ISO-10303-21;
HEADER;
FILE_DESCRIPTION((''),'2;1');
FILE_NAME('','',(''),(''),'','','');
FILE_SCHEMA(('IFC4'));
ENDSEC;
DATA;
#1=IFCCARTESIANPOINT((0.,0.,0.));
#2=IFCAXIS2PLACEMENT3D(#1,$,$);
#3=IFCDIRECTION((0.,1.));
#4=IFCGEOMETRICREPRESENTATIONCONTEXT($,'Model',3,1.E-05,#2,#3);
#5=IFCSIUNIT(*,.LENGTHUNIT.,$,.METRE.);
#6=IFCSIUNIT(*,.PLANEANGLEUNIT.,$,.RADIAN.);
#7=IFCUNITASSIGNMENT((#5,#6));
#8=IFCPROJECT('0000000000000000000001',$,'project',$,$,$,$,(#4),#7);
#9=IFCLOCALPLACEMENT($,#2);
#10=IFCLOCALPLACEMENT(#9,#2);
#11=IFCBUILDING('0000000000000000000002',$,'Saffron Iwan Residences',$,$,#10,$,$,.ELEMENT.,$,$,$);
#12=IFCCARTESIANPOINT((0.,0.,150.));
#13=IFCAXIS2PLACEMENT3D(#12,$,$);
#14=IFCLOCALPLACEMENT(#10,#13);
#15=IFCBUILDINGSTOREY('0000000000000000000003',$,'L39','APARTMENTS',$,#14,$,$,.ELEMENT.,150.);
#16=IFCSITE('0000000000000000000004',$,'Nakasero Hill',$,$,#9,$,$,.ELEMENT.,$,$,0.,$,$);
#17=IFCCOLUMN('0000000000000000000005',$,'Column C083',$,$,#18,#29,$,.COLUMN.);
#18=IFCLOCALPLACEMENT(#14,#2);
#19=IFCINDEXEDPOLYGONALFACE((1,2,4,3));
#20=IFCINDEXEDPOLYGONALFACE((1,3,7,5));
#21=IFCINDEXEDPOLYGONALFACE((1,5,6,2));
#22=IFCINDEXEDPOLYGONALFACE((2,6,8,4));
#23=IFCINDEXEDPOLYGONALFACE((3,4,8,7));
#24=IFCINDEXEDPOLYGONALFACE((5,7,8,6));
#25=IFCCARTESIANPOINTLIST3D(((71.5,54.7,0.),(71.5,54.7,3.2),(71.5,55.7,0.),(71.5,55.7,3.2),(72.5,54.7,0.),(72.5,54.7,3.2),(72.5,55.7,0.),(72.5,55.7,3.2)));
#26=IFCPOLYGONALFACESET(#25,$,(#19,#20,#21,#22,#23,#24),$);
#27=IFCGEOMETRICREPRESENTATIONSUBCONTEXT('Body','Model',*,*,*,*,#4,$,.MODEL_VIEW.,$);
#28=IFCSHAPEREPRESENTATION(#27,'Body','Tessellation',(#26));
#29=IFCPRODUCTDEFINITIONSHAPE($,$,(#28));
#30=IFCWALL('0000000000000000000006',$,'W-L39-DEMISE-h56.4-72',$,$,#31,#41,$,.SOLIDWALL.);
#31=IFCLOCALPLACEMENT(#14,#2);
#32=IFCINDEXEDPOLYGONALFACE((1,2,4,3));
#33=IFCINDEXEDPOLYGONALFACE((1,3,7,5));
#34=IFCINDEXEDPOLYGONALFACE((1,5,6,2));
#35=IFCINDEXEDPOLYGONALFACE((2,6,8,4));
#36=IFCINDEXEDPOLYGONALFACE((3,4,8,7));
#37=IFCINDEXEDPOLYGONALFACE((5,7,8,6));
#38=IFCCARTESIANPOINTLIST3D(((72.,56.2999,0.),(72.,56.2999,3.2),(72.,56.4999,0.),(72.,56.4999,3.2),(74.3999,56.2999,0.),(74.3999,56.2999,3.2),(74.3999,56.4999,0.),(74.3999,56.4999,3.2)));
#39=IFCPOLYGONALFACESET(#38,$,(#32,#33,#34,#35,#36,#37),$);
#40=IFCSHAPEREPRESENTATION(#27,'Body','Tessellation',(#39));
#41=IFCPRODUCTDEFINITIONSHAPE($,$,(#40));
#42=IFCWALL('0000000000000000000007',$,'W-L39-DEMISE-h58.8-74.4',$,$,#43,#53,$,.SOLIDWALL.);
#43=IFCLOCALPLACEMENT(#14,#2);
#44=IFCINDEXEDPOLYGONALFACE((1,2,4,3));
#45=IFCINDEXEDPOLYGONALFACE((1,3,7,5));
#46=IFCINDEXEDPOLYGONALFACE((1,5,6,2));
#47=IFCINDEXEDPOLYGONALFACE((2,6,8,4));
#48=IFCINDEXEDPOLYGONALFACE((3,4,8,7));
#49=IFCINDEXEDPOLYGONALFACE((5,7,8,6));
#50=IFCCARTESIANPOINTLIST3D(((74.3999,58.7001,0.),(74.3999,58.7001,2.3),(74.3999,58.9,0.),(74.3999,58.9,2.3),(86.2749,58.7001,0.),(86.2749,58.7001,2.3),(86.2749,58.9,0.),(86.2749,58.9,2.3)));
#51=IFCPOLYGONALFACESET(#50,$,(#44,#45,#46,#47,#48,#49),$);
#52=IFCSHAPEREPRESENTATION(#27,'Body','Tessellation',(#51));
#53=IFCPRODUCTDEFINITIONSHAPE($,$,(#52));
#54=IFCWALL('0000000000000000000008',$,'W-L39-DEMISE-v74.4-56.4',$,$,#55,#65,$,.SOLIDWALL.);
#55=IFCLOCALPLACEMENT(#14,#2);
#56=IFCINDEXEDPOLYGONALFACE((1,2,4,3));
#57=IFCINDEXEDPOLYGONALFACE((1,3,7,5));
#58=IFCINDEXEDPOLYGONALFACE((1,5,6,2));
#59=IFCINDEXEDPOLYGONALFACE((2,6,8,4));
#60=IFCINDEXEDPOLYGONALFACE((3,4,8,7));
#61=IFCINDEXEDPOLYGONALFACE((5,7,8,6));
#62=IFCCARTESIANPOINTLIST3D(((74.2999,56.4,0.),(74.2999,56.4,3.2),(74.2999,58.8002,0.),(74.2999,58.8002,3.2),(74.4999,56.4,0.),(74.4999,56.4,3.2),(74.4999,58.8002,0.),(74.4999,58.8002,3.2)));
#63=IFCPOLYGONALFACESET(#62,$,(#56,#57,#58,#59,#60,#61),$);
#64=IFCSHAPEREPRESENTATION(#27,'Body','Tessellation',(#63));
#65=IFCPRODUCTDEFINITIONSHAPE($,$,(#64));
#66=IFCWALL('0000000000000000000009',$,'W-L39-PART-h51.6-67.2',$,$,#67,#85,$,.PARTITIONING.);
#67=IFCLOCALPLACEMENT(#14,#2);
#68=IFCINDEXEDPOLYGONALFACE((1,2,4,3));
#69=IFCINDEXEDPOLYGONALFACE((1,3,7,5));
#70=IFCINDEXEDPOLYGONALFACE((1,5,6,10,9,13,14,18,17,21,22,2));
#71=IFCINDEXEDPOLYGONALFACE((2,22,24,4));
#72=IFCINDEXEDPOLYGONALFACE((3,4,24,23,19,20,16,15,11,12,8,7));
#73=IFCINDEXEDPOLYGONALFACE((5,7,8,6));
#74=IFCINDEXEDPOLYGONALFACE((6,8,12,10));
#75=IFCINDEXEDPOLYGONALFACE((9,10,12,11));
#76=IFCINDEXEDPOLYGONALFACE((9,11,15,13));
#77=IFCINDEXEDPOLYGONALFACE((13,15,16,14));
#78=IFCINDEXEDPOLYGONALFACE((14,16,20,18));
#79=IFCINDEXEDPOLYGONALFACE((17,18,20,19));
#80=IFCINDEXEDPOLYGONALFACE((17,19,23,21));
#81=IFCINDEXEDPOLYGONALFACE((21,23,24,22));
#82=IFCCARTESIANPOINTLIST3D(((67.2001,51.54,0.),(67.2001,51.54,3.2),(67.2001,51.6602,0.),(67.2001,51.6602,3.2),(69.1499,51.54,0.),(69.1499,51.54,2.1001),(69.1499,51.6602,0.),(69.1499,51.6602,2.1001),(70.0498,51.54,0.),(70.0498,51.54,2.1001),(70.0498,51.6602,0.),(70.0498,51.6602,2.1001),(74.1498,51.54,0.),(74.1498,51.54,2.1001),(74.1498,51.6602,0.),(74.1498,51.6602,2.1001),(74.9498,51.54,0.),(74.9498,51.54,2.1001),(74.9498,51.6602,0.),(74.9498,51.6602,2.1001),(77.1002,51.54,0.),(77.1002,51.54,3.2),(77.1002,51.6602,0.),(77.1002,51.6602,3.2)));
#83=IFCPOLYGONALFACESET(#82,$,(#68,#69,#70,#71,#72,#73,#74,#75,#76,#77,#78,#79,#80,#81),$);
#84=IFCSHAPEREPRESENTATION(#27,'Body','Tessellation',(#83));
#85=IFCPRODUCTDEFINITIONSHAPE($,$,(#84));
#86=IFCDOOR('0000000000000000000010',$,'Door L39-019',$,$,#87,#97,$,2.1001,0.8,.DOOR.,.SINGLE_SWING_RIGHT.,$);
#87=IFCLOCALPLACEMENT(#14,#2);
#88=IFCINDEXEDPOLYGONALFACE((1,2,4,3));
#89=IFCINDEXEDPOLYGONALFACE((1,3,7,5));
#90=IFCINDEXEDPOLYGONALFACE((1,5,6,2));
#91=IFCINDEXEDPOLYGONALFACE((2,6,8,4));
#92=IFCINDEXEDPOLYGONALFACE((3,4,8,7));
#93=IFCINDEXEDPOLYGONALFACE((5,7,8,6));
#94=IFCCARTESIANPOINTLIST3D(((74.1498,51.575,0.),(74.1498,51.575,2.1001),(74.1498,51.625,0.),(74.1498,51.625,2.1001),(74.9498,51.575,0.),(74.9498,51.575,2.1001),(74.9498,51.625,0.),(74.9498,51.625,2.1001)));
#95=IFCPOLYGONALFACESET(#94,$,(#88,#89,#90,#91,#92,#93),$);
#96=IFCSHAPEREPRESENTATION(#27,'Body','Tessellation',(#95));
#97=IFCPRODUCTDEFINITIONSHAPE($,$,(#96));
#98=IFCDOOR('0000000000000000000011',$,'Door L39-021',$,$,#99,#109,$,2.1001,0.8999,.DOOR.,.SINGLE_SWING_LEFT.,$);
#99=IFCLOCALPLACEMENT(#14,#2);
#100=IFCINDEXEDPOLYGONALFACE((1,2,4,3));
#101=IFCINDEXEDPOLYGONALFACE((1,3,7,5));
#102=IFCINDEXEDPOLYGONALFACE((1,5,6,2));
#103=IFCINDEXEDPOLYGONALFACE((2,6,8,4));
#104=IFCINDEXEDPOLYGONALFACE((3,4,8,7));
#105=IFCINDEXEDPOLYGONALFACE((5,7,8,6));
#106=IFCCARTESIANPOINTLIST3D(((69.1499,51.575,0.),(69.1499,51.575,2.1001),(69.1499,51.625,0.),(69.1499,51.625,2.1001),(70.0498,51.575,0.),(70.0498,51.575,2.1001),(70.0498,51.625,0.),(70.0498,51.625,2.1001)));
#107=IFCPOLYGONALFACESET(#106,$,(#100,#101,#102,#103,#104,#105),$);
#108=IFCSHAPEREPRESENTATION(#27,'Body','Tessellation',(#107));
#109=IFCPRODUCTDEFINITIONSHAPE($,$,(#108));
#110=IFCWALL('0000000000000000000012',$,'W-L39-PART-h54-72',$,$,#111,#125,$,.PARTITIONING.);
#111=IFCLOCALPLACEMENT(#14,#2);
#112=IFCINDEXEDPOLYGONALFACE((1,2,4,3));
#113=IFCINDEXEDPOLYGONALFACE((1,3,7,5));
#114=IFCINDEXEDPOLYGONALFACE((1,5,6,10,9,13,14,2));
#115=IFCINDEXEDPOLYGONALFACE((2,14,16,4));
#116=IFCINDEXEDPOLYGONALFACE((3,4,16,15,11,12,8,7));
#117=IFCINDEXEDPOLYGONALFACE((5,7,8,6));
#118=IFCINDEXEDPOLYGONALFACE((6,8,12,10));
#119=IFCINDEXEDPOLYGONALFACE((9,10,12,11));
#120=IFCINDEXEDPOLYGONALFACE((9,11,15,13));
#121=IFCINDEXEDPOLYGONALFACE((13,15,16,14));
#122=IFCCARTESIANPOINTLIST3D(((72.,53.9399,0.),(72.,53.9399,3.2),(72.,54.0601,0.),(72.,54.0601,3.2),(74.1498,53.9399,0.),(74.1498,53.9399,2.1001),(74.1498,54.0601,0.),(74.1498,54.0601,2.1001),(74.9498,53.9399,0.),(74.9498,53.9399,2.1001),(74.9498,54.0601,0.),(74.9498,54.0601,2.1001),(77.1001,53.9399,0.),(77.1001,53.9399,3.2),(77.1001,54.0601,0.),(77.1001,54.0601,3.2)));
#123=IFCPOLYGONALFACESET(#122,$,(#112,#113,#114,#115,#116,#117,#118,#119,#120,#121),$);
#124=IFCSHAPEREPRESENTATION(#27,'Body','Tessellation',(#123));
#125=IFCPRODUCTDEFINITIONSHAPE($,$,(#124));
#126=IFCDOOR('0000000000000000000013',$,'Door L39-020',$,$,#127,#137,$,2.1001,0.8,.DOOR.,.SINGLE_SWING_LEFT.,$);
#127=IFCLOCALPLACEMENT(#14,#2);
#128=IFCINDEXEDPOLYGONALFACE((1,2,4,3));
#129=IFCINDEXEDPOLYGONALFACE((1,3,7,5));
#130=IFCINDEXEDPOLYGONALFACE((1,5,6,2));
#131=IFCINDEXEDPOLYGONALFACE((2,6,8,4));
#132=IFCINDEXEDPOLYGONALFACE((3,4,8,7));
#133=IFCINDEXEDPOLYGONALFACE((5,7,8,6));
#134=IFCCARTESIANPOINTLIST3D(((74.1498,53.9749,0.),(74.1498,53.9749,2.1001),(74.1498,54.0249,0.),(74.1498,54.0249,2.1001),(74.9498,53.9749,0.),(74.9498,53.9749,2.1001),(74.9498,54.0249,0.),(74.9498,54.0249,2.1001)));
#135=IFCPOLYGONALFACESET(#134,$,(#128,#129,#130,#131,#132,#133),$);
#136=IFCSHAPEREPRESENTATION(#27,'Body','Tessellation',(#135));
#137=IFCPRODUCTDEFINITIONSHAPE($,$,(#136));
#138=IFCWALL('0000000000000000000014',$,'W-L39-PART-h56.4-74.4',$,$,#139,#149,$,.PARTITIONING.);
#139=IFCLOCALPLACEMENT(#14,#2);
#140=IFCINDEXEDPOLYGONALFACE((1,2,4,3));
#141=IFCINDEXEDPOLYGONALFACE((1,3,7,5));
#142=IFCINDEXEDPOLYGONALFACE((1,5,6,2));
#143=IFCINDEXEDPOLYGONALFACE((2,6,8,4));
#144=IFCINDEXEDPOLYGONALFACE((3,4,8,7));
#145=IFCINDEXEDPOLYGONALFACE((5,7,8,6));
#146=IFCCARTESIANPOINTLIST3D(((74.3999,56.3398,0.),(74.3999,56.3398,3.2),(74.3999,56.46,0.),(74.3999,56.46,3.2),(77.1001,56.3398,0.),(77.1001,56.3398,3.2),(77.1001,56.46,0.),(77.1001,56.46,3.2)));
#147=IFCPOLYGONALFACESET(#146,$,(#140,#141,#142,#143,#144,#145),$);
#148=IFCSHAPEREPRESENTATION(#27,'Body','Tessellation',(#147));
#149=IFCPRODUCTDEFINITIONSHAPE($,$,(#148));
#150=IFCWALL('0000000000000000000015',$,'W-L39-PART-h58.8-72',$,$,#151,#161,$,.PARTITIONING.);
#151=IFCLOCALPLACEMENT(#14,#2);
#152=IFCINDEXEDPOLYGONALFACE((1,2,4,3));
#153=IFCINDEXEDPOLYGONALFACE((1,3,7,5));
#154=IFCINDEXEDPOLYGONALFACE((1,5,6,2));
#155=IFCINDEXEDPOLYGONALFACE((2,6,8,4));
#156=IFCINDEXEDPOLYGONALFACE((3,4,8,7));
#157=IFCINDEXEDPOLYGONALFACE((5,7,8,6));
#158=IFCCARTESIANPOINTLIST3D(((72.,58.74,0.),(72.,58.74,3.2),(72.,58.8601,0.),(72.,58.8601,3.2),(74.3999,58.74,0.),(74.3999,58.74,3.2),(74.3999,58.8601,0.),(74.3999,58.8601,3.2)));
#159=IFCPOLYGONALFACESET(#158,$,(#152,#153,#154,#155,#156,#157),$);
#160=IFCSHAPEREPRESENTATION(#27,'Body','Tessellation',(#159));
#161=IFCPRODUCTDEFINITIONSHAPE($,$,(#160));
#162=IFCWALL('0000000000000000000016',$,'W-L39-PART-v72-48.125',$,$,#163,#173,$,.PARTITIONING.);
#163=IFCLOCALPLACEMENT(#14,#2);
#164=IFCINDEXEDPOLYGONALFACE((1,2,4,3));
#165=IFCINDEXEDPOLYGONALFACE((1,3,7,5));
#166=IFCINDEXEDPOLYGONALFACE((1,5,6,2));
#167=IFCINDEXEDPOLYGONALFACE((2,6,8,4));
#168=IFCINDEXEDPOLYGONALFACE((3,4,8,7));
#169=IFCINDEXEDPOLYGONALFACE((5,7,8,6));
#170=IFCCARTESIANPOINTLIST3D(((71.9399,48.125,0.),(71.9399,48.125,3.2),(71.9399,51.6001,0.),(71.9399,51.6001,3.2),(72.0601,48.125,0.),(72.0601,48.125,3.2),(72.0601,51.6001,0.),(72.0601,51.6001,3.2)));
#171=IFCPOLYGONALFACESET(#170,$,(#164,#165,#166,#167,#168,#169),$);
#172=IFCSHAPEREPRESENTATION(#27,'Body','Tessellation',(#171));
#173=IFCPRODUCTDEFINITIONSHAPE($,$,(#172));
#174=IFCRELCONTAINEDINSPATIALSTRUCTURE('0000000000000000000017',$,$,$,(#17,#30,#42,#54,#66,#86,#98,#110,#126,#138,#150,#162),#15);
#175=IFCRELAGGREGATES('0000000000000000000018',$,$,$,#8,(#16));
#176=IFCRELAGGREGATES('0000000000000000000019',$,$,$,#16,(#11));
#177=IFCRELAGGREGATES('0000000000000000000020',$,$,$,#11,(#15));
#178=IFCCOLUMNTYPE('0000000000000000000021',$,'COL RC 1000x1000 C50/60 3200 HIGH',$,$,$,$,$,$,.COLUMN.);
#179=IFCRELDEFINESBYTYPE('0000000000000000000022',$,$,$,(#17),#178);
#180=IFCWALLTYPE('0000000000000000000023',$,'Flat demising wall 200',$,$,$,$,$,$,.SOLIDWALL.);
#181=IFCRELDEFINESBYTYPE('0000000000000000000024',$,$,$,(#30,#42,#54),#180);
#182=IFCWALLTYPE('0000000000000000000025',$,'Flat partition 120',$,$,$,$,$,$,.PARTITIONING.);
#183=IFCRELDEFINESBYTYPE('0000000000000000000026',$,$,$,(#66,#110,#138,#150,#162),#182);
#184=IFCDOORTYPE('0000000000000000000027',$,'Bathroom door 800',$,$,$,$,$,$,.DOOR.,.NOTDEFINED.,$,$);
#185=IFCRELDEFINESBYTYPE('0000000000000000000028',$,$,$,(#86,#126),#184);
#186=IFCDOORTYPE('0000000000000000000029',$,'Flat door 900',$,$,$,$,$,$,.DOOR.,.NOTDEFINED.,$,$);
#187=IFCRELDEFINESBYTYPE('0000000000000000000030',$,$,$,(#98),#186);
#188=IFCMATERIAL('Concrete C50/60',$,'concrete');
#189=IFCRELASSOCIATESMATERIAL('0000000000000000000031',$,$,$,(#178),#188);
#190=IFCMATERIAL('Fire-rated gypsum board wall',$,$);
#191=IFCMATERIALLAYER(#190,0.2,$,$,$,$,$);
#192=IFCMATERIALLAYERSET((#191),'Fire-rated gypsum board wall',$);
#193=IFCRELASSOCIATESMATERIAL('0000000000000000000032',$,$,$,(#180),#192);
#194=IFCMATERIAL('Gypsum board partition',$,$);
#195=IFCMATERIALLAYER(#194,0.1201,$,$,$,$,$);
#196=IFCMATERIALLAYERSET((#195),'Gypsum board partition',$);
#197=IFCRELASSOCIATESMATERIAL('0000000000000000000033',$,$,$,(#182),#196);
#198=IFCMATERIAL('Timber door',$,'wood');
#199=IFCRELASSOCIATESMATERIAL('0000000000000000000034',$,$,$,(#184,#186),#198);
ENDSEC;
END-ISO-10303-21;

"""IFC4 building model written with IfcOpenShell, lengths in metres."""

from ifc_helpers import new_model, si_unit, direction, frame, frame_2d, origin, origin_2d, place, context, subcontext, project, spatial, rectangle, extrude, source, transform, mapped, material, layer, layer_set, material_profile, profile_set, type_object, element, fill, save


model = new_model("IFC4")

# Units and contexts
model_context = context("Model", 3, precision=1e-05, world=origin(), true_north=direction((0.0, 1.0)))
body_context = subcontext(model_context, "Body", "Model", "MODEL_VIEW")
ifc_project = project(units=[si_unit("LENGTHUNIT", "METRE"), si_unit("PLANEANGLEUNIT", "RADIAN")], contexts=[model_context])

# Site, building, storey
site_placement = place(None, origin())
site = spatial("IfcSite", under=ifc_project, at=site_placement, Name="Nakasero Hill", CompositionType="ELEMENT", RefElevation=0.0)
building_placement = place(site_placement, origin())
building = spatial("IfcBuilding", under=site, at=building_placement, Name="Saffron Iwan Residences", CompositionType="ELEMENT")
storey_placement = place(building_placement, frame((0.0, 0.0, 150.0)))
storey = spatial("IfcBuildingStorey", under=building, at=storey_placement, Name="L39", Description="APARTMENTS", CompositionType="ELEMENT", Elevation=150.0)

# Column
ifc_material_1 = material(Name="Concrete C50/60", Category="concrete")
ifc_material_profile = material_profile(ifc_material_1, rectangle(XDim=1.0, YDim=1.0, at=origin_2d()), Name="RC 1000x1000")
ifc_profile_set = profile_set([ifc_material_profile], Name="Concrete C50/60")
column_type = type_object("IfcColumnType", Name="COL RC 1000x1000 C50/60 3200 HIGH", PredefinedType="COLUMN", material=ifc_profile_set)
shared_shape = source(origin(), body_context, "Body", "SweptSolid", [
    extrude(rectangle(XDim=1.0, YDim=1.0, at=origin_2d()), origin(), (0.0, 0.0, 1.0), 3.2),
])
column_placement = place(storey_placement, frame((72.0, 55.2, 0.0), z_axis=(0.0, 0.0, 1.0), x_axis=(1.0, 0.0, 0.0)))
element("IfcColumn", 1, at=column_placement, inside=storey, type_object=column_type, Name="Column C083", PredefinedType="COLUMN", context=body_context, shape_type="MappedRepresentation", body=[
    mapped(shared_shape, transform((0.0, 0.0, 0.0))),
])

# Walls
ifc_material_2 = material(Name="Fire-rated gypsum board wall")
ifc_layer_1 = layer(ifc_material_2, 0.2)
ifc_layer_set_1 = layer_set([ifc_layer_1], Name="Fire-rated gypsum board wall")
wall_type_1 = type_object("IfcWallType", Name="Flat demising wall 200", PredefinedType="SOLIDWALL", material=ifc_layer_set_1)
wall_1_placement = place(storey_placement, frame((72.0, 56.3999, 0.0), z_axis=(0.0, 0.0, 1.0), x_axis=(1.0, 0.0, 0.0)))
element("IfcWall", 2, at=wall_1_placement, inside=storey, type_object=wall_type_1, Name="W-L39-DEMISE-h56.4-72", PredefinedType="SOLIDWALL", context=body_context, shape_type="SweptSolid", body=[
    extrude(rectangle(XDim=2.3999, YDim=0.2, at=frame_2d((1.2, 0.0))), origin(), (0.0, 0.0, 1.0), 3.2),
])
wall_2_placement = place(storey_placement, frame((74.3999, 58.8, 0.0), z_axis=(0.0, 0.0, 1.0), x_axis=(1.0, 0.0, 0.0)))
element("IfcWall", 3, at=wall_2_placement, inside=storey, type_object=wall_type_1, Name="W-L39-DEMISE-h58.8-74.4", PredefinedType="SOLIDWALL", context=body_context, shape_type="SweptSolid", body=[
    extrude(rectangle(XDim=11.875, YDim=0.2, at=frame_2d((5.9375, 0.0))), origin(), (0.0, 0.0, 1.0), 2.3),
])
wall_3_placement = place(storey_placement, frame((74.3999, 56.3999, 0.0), z_axis=(0.0, 0.0, 1.0), x_axis=(0.0, 1.0, 0.0)))
element("IfcWall", 4, at=wall_3_placement, inside=storey, type_object=wall_type_1, Name="W-L39-DEMISE-v74.4-56.4", PredefinedType="SOLIDWALL", context=body_context, shape_type="SweptSolid", body=[
    extrude(rectangle(XDim=2.4001, YDim=0.2, at=frame_2d((1.2002, 0.0))), origin(), (0.0, 0.0, 1.0), 3.2),
])

# Wall, openings, doors
ifc_material_3 = material(Name="Gypsum board partition")
ifc_layer_2 = layer(ifc_material_3, 0.1201)
ifc_layer_set_2 = layer_set([ifc_layer_2], Name="Gypsum board partition")
wall_type_2 = type_object("IfcWallType", Name="Flat partition 120", PredefinedType="PARTITIONING", material=ifc_layer_set_2)
wall_4_placement = place(storey_placement, frame((67.2, 51.6001, 0.0), z_axis=(0.0, 0.0, 1.0), x_axis=(1.0, 0.0, 0.0)))
wall_4 = element("IfcWall", 5, at=wall_4_placement, inside=storey, type_object=wall_type_2, Name="W-L39-PART-h51.6-67.2", PredefinedType="PARTITIONING", context=body_context, shape_type="SweptSolid", body=[
    extrude(rectangle(XDim=9.9001, YDim=0.1201, at=frame_2d((4.9502, 0.0))), origin(), (0.0, 0.0, 1.0), 3.2),
])
opening_1_placement = place(wall_4_placement, frame((6.95, 0.0, 0.0)))
opening_1 = element("IfcOpeningElement", 6, at=opening_1_placement, cuts=wall_4, PredefinedType="OPENING", context=body_context, shape_type="SweptSolid", body=[
    extrude(rectangle(XDim=0.8, YDim=2.1001, at=frame_2d((0.3999, 1.05))), frame((0.0, 0.0701, 0.0), z_axis=(0.0, -1.0, 0.0), x_axis=(1.0, 0.0, 0.0)), (0.0, 0.0, 1.0), 0.1401),
])
opening_2_placement = place(wall_4_placement, frame((1.95, 0.0, 0.0)))
opening_2 = element("IfcOpeningElement", 7, at=opening_2_placement, cuts=wall_4, PredefinedType="OPENING", context=body_context, shape_type="SweptSolid", body=[
    extrude(rectangle(XDim=0.8999, YDim=2.1001, at=frame_2d((0.45, 1.05))), frame((0.0, 0.0701, 0.0), z_axis=(0.0, -1.0, 0.0), x_axis=(1.0, 0.0, 0.0)), (0.0, 0.0, 1.0), 0.1401),
])
ifc_material_4 = material(Name="Timber door", Category="wood")
door_type_1 = type_object("IfcDoorType", Name="Bathroom door 800", OperationType="NOTDEFINED", PredefinedType="DOOR", material=ifc_material_4)
door_1_placement = place(opening_1_placement, origin())
door_1 = element("IfcDoor", 8, at=door_1_placement, inside=storey, type_object=door_type_1, Name="Door L39-019", OperationType="SINGLE_SWING_RIGHT", OverallHeight=2.1001, OverallWidth=0.8, PredefinedType="DOOR", context=body_context, shape_type="SweptSolid", body=[
    extrude(rectangle(XDim=0.8, YDim=2.1001, at=frame_2d((0.3999, 1.05))), frame((0.0, 0.0249, 0.0), z_axis=(0.0, -1.0, 0.0), x_axis=(1.0, 0.0, 0.0)), (0.0, 0.0, 1.0), 0.05),
])
fill(opening_1, door_1)
door_type_2 = type_object("IfcDoorType", Name="Flat door 900", OperationType="NOTDEFINED", PredefinedType="DOOR", material=ifc_material_4)
door_2_placement = place(opening_2_placement, origin())
door_2 = element("IfcDoor", 9, at=door_2_placement, inside=storey, type_object=door_type_2, Name="Door L39-021", OperationType="SINGLE_SWING_LEFT", OverallHeight=2.1001, OverallWidth=0.8999, PredefinedType="DOOR", context=body_context, shape_type="SweptSolid", body=[
    extrude(rectangle(XDim=0.8999, YDim=2.1001, at=frame_2d((0.45, 1.05))), frame((0.0, 0.0249, 0.0), z_axis=(0.0, -1.0, 0.0), x_axis=(1.0, 0.0, 0.0)), (0.0, 0.0, 1.0), 0.05),
])
fill(opening_2, door_2)

# Wall, opening, door
wall_5_placement = place(storey_placement, frame((72.0, 54.0, 0.0), z_axis=(0.0, 0.0, 1.0), x_axis=(1.0, 0.0, 0.0)))
wall_5 = element("IfcWall", 10, at=wall_5_placement, inside=storey, type_object=wall_type_2, Name="W-L39-PART-h54-72", PredefinedType="PARTITIONING", context=body_context, shape_type="SweptSolid", body=[
    extrude(rectangle(XDim=5.1001, YDim=0.1201, at=frame_2d((2.55, 0.0))), origin(), (0.0, 0.0, 1.0), 3.2),
])
opening_3_placement = place(wall_5_placement, frame((2.1499, 0.0, 0.0)))
opening_3 = element("IfcOpeningElement", 11, at=opening_3_placement, cuts=wall_5, PredefinedType="OPENING", context=body_context, shape_type="SweptSolid", body=[
    extrude(rectangle(XDim=0.8, YDim=2.1001, at=frame_2d((0.3999, 1.05))), frame((0.0, 0.0701, 0.0), z_axis=(0.0, -1.0, 0.0), x_axis=(1.0, 0.0, 0.0)), (0.0, 0.0, 1.0), 0.1401),
])
door_3_placement = place(opening_3_placement, origin())
door_3 = element("IfcDoor", 12, at=door_3_placement, inside=storey, type_object=door_type_1, Name="Door L39-020", OperationType="SINGLE_SWING_LEFT", OverallHeight=2.1001, OverallWidth=0.8, PredefinedType="DOOR", context=body_context, shape_type="SweptSolid", body=[
    extrude(rectangle(XDim=0.8, YDim=2.1001, at=frame_2d((0.3999, 1.05))), frame((0.0, 0.0249, 0.0), z_axis=(0.0, -1.0, 0.0), x_axis=(1.0, 0.0, 0.0)), (0.0, 0.0, 1.0), 0.05),
])
fill(opening_3, door_3)

# Walls
wall_6_placement = place(storey_placement, frame((74.3999, 56.3999, 0.0), z_axis=(0.0, 0.0, 1.0), x_axis=(1.0, 0.0, 0.0)))
element("IfcWall", 13, at=wall_6_placement, inside=storey, type_object=wall_type_2, Name="W-L39-PART-h56.4-74.4", PredefinedType="PARTITIONING", context=body_context, shape_type="SweptSolid", body=[
    extrude(rectangle(XDim=2.7002, YDim=0.1201, at=frame_2d((1.3501, 0.0))), origin(), (0.0, 0.0, 1.0), 3.2),
])
wall_7_placement = place(storey_placement, frame((72.0, 58.8, 0.0), z_axis=(0.0, 0.0, 1.0), x_axis=(1.0, 0.0, 0.0)))
element("IfcWall", 14, at=wall_7_placement, inside=storey, type_object=wall_type_2, Name="W-L39-PART-h58.8-72", PredefinedType="PARTITIONING", context=body_context, shape_type="SweptSolid", body=[
    extrude(rectangle(XDim=2.3999, YDim=0.1201, at=frame_2d((1.2, 0.0))), origin(), (0.0, 0.0, 1.0), 3.2),
])
wall_8_placement = place(storey_placement, frame((72.0, 48.125, 0.0), z_axis=(0.0, 0.0, 1.0), x_axis=(0.0, 1.0, 0.0)))
element("IfcWall", 15, at=wall_8_placement, inside=storey, type_object=wall_type_2, Name="W-L39-PART-v72-48.125", PredefinedType="PARTITIONING", context=body_context, shape_type="SweptSolid", body=[
    extrude(rectangle(XDim=3.4751, YDim=0.1201, at=frame_2d((1.7375, 0.0))), origin(), (0.0, 0.0, 1.0), 3.2),
])

save(model, "model.ifc")
